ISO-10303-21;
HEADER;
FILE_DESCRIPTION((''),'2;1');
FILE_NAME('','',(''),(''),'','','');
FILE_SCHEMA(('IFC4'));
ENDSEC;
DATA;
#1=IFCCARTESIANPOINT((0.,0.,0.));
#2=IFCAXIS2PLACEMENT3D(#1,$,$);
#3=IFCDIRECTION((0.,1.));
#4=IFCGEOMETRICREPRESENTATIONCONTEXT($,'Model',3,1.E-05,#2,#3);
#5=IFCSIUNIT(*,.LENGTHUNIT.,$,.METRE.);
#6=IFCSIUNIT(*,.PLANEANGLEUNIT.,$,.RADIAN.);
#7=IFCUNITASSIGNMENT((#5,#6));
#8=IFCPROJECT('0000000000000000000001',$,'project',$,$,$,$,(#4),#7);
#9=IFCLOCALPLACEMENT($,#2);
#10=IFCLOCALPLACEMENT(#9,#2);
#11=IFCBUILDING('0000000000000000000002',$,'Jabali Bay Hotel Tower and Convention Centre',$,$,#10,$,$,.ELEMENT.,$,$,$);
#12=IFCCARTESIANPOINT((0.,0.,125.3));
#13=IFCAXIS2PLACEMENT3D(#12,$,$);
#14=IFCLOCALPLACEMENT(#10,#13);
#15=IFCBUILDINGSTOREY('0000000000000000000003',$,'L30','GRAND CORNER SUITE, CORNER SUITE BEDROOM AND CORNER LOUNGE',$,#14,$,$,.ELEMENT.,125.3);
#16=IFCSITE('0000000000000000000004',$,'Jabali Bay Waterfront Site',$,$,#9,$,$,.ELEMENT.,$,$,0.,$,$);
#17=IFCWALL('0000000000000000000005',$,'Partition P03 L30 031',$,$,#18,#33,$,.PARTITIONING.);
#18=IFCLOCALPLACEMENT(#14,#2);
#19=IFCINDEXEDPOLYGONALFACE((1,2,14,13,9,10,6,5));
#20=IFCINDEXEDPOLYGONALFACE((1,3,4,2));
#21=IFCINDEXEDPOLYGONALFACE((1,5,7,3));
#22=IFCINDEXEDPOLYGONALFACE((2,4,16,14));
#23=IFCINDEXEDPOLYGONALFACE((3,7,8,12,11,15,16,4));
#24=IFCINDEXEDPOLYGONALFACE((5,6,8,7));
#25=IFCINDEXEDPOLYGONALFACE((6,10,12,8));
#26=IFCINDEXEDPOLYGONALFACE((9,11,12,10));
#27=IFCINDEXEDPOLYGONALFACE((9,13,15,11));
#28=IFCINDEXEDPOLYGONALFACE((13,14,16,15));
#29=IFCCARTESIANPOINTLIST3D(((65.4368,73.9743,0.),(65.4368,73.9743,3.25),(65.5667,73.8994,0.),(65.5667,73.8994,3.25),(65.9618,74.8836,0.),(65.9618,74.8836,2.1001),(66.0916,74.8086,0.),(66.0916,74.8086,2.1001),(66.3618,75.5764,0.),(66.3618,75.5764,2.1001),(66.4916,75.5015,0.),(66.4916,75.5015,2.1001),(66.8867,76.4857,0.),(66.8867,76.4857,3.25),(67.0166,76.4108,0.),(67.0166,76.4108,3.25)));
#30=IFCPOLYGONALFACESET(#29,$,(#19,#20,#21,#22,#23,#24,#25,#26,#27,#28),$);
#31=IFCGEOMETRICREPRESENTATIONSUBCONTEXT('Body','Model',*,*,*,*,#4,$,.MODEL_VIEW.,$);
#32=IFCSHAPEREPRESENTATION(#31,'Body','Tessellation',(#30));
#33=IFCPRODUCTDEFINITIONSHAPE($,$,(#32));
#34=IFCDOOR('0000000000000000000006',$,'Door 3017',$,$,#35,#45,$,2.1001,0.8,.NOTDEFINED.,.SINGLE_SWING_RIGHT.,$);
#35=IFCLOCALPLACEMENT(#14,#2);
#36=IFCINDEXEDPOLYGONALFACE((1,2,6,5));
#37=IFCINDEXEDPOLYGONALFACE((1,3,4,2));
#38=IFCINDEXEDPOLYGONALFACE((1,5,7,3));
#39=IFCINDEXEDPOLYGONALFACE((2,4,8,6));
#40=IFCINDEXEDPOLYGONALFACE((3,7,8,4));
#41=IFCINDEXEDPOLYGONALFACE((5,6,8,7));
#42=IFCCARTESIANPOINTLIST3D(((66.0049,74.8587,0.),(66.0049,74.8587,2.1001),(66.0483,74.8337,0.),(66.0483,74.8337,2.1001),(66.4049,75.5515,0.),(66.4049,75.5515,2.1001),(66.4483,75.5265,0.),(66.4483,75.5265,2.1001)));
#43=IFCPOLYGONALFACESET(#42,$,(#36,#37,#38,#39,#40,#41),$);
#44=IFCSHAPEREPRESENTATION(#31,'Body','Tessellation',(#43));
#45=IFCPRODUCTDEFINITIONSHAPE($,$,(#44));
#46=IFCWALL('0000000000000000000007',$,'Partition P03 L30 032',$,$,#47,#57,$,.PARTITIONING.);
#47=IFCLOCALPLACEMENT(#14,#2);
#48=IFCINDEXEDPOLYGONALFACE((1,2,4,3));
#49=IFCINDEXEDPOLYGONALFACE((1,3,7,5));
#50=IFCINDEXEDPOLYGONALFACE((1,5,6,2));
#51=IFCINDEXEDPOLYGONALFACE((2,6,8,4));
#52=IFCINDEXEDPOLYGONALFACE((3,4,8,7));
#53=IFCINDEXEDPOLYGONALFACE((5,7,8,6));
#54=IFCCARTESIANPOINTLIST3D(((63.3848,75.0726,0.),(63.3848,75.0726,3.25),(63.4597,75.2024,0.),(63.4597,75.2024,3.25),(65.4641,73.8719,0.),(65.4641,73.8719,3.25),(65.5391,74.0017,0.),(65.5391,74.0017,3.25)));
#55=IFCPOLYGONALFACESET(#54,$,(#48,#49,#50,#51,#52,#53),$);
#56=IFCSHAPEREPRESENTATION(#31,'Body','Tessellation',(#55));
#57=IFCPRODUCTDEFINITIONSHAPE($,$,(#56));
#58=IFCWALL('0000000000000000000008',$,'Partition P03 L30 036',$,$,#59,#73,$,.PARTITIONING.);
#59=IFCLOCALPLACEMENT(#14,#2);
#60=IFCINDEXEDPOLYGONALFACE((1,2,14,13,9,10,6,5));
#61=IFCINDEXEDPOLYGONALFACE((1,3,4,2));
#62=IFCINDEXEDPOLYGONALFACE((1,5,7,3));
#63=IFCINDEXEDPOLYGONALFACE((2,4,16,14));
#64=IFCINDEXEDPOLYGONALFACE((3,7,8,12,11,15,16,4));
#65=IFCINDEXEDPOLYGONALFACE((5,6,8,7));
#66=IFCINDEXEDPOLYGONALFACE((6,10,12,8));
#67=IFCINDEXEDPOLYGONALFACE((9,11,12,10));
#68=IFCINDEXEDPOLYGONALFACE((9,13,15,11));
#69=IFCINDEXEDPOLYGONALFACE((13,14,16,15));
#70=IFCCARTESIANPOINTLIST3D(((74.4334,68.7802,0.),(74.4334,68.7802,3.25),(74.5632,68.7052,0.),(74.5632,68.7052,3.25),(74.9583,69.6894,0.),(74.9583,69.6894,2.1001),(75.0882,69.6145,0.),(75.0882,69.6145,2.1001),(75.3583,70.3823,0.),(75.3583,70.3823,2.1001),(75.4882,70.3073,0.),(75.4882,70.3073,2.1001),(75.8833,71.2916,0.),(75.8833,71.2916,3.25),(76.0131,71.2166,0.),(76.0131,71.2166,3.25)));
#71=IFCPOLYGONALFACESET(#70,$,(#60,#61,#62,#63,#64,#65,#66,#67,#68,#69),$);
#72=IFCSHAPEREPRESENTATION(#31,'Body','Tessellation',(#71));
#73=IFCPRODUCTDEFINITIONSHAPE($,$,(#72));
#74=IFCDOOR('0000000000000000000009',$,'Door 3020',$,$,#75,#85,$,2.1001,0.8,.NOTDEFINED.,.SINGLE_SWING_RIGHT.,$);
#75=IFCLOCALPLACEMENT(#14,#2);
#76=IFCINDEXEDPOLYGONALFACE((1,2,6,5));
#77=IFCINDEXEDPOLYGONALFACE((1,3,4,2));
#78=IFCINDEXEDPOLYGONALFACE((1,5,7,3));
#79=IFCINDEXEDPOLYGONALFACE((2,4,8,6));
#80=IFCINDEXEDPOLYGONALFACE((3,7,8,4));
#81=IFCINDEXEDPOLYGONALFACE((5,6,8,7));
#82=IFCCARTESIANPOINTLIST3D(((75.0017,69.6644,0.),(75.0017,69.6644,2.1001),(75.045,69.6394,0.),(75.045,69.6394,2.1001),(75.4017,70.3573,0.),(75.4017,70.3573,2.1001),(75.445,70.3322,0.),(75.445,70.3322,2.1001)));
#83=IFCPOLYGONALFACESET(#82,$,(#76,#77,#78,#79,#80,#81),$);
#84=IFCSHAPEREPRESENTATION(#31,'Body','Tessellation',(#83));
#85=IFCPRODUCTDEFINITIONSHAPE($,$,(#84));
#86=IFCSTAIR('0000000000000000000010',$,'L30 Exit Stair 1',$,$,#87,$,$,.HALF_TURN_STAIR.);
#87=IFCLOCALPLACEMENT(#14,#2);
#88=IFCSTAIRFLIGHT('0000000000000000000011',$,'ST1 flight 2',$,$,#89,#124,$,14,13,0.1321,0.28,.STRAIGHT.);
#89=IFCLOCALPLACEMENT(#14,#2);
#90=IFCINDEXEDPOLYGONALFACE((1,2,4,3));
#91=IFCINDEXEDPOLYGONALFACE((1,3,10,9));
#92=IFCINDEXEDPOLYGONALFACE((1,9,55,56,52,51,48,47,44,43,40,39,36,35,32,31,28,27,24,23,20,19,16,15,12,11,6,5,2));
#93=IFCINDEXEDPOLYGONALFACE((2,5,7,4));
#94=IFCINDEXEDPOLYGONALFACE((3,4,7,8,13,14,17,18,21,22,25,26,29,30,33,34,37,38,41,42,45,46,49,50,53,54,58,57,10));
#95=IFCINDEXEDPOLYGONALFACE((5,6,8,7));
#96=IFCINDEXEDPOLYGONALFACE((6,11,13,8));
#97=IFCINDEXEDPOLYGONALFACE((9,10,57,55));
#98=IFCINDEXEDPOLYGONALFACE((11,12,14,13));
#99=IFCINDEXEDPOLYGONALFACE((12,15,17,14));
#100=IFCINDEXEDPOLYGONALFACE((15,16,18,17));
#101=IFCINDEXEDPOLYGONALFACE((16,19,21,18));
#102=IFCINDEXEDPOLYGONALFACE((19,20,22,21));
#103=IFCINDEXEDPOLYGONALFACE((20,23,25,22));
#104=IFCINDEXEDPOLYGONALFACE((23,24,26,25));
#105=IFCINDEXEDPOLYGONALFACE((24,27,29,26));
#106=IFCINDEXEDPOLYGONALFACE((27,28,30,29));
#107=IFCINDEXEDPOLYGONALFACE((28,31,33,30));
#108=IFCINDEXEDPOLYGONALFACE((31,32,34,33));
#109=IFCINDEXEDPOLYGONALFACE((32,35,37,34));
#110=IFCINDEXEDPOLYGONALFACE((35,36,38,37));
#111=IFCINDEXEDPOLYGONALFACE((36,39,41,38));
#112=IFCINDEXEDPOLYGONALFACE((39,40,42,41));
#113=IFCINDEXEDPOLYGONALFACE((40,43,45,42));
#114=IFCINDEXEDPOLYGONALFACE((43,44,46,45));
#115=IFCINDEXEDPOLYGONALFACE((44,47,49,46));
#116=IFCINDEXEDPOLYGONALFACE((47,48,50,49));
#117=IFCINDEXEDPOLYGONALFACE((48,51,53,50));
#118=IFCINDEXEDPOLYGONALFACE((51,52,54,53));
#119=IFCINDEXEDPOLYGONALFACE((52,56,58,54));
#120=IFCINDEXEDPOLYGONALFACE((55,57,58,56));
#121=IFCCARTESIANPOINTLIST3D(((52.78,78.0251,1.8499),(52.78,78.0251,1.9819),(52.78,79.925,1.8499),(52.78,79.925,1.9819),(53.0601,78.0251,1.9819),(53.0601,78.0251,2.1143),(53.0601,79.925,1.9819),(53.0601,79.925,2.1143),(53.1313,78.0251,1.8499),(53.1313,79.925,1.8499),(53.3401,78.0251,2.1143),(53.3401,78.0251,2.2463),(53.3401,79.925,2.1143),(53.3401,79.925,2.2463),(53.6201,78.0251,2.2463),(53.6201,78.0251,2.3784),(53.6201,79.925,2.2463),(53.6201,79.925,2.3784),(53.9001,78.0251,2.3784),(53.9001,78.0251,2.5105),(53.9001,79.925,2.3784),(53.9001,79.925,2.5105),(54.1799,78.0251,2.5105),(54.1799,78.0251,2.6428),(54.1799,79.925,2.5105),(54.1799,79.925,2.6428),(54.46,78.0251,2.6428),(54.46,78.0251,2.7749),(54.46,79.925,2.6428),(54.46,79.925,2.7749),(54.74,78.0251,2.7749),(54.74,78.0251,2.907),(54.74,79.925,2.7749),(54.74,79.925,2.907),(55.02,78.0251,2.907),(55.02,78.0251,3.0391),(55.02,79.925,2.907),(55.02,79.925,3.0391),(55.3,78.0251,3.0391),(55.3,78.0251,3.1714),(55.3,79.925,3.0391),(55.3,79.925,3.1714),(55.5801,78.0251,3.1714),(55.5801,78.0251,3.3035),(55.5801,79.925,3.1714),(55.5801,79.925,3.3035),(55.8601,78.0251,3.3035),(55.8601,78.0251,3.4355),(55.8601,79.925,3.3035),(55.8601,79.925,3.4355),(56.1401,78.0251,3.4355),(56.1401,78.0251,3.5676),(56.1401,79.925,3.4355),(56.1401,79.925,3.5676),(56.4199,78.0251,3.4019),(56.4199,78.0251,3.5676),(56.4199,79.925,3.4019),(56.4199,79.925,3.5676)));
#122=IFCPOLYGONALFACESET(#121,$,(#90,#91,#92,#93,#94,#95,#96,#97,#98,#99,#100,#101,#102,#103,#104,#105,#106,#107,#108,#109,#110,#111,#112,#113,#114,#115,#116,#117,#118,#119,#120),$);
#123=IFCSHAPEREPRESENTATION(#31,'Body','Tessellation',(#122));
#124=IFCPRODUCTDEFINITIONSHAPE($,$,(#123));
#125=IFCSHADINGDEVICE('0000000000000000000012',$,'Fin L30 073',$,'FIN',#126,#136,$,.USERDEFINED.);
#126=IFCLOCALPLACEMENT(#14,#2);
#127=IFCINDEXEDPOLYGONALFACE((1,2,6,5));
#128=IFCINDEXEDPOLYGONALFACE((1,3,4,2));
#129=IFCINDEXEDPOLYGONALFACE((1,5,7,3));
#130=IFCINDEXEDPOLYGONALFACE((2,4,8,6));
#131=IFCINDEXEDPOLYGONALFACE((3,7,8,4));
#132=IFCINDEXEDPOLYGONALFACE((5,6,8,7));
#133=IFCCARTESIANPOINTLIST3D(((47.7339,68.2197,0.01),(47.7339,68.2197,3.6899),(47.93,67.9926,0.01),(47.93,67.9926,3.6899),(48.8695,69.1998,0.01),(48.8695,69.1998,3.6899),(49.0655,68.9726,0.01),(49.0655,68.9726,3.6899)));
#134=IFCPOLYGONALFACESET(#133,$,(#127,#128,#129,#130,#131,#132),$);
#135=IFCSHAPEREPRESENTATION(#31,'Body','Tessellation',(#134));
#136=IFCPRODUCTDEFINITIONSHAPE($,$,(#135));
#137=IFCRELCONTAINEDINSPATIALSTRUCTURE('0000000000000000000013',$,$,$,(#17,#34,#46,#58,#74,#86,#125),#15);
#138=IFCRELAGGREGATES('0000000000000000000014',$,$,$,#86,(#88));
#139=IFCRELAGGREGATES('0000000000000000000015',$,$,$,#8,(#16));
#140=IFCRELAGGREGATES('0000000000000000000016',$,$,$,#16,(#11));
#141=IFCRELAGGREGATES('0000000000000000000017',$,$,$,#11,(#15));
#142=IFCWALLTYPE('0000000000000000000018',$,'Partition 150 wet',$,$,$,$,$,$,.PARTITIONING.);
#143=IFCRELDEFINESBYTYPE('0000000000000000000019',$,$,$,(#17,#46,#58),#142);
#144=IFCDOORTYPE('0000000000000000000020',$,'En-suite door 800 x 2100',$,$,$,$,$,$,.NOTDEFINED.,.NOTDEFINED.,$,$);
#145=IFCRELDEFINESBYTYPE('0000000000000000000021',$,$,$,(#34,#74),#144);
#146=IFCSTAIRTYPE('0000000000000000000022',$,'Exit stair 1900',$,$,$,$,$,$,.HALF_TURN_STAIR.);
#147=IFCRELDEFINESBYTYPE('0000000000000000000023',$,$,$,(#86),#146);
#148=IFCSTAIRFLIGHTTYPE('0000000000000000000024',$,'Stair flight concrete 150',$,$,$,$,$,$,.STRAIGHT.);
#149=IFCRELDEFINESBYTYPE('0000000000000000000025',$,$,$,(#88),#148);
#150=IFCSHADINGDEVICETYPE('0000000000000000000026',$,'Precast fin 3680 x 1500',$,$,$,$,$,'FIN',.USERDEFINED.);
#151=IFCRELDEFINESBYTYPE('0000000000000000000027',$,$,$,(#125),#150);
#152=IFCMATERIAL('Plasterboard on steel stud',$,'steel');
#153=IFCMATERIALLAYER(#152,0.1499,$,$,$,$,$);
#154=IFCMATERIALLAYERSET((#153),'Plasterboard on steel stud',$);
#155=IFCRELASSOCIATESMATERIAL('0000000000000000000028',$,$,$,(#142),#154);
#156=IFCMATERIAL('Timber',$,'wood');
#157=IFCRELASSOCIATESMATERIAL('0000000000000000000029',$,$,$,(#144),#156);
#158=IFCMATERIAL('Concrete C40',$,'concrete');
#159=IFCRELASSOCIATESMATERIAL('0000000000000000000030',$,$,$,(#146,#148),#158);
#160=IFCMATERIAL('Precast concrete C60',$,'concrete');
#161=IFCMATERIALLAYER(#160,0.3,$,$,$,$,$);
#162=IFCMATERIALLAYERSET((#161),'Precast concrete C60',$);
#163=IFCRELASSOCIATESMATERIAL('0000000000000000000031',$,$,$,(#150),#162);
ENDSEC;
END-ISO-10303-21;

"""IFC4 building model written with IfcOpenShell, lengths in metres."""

from ifc_helpers import new_model, si_unit, direction, frame, frame_2d, origin, place, context, subcontext, project, spatial, polyline, rectangle, outline, extrude, material, layer, layer_set, type_object, element, fill, aggregate, save


model = new_model("IFC4")

# Units and contexts
model_context = context("Model", 3, precision=1e-05, world=origin(), true_north=direction((0.0, 1.0)))
body_context = subcontext(model_context, "Body", "Model", "MODEL_VIEW")
ifc_project = project(units=[si_unit("LENGTHUNIT", "METRE"), si_unit("PLANEANGLEUNIT", "RADIAN")], contexts=[model_context])

# Site, building, storey
site_placement = place(None, origin())
site = spatial("IfcSite", under=ifc_project, at=site_placement, Name="Jabali Bay Waterfront Site", CompositionType="ELEMENT", RefElevation=0.0)
building_placement = place(site_placement, origin())
building = spatial("IfcBuilding", under=site, at=building_placement, Name="Jabali Bay Hotel Tower and Convention Centre", CompositionType="ELEMENT")
storey_placement = place(building_placement, frame((0.0, 0.0, 125.3)))
storey = spatial("IfcBuildingStorey", under=building, at=storey_placement, Name="L30", Description="GRAND CORNER SUITE, CORNER SUITE BEDROOM AND CORNER LOUNGE", CompositionType="ELEMENT", Elevation=125.3)

# Shared definitions
ifc_material_1 = material(Name="Concrete C40", Category="concrete")

# Shared definitions
ifc_material_2 = material(Name="Timber", Category="wood")

# Wall, opening, door
ifc_material_3 = material(Name="Plasterboard on steel stud", Category="steel")
ifc_layer_1 = layer(ifc_material_3, 0.1499)
ifc_layer_set_1 = layer_set([ifc_layer_1], Name="Plasterboard on steel stud")
wall_type_1 = type_object("IfcWallType", Name="Partition 150 wet", PredefinedType="PARTITIONING", material=ifc_layer_set_1)
wall_1_placement = place(storey_placement, frame((66.9517, 76.4482, 0.0), z_axis=(0.0, 0.0, 1.0), x_axis=(-0.499987, -0.866033, 0.0)))
wall_1 = element("IfcWall", 1, at=wall_1_placement, inside=storey, type_object=wall_type_1, Name="Partition P03 L30 031", PredefinedType="PARTITIONING", context=body_context, shape_type="SweptSolid", body=[
    extrude(rectangle(XDim=2.8999, YDim=0.1499, at=frame_2d((1.45, 0.0))), origin(), (0.0, 0.0, 1.0), 3.25),
])
opening_1_placement = place(wall_1_placement, frame((1.05, 0.0, 0.0)))
opening_1 = element("IfcOpeningElement", 2, at=opening_1_placement, cuts=wall_1, PredefinedType="OPENING", context=body_context, shape_type="SweptSolid", body=[
    extrude(rectangle(XDim=0.8, YDim=2.1001, at=frame_2d((0.3999, 1.05))), frame((0.0, 0.0854, 0.0), z_axis=(0.0, -1.0, 0.0), x_axis=(1.0, 0.0, 0.0)), (0.0, 0.0, 1.0), 0.1709),
])
door_type_1 = type_object("IfcDoorType", Name="En-suite door 800 x 2100", OperationType="NOTDEFINED", PredefinedType="NOTDEFINED", material=ifc_material_2)
door_1_placement = place(opening_1_placement, origin())
door_1 = element("IfcDoor", 3, at=door_1_placement, inside=storey, type_object=door_type_1, Name="Door 3017", OperationType="SINGLE_SWING_RIGHT", OverallHeight=2.1001, OverallWidth=0.8, PredefinedType="NOTDEFINED", context=body_context, shape_type="SweptSolid", body=[
    extrude(rectangle(XDim=0.8, YDim=2.1001, at=frame_2d((0.3999, 1.05))), frame((0.0, 0.0249, 0.0), z_axis=(0.0, -1.0, 0.0), x_axis=(1.0, 0.0, 0.0)), (0.0, 0.0, 1.0), 0.05),
])
fill(opening_1, door_1)

# Wall
wall_2_placement = place(storey_placement, frame((65.5017, 73.9368, 0.0), z_axis=(0.0, 0.0, 1.0), x_axis=(-0.865994, 0.500054, 0.0)))
element("IfcWall", 4, at=wall_2_placement, inside=storey, type_object=wall_type_1, Name="Partition P03 L30 032", PredefinedType="PARTITIONING", context=body_context, shape_type="SweptSolid", body=[
    extrude(rectangle(XDim=2.4011, YDim=0.1499, at=frame_2d((1.2007, 0.0))), origin(), (0.0, 0.0, 1.0), 3.25),
])

# Wall, opening, door
wall_3_placement = place(storey_placement, frame((74.4983, 68.7427, 0.0), z_axis=(0.0, 0.0, 1.0), x_axis=(0.499987, 0.866033, 0.0)))
wall_3 = element("IfcWall", 5, at=wall_3_placement, inside=storey, type_object=wall_type_1, Name="Partition P03 L30 036", PredefinedType="PARTITIONING", context=body_context, shape_type="SweptSolid", body=[
    extrude(rectangle(XDim=2.8999, YDim=0.1499, at=frame_2d((1.45, 0.0))), origin(), (0.0, 0.0, 1.0), 3.25),
])
opening_2_placement = place(wall_3_placement, frame((1.05, 0.0, 0.0)))
opening_2 = element("IfcOpeningElement", 6, at=opening_2_placement, cuts=wall_3, PredefinedType="OPENING", context=body_context, shape_type="SweptSolid", body=[
    extrude(rectangle(XDim=0.8, YDim=2.1001, at=frame_2d((0.3999, 1.05))), frame((0.0, 0.0854, 0.0), z_axis=(0.0, -1.0, 0.0), x_axis=(1.0, 0.0, 0.0)), (0.0, 0.0, 1.0), 0.1709),
])
door_2_placement = place(opening_2_placement, origin())
door_2 = element("IfcDoor", 7, at=door_2_placement, inside=storey, type_object=door_type_1, Name="Door 3020", OperationType="SINGLE_SWING_RIGHT", OverallHeight=2.1001, OverallWidth=0.8, PredefinedType="NOTDEFINED", context=body_context, shape_type="SweptSolid", body=[
    extrude(rectangle(XDim=0.8, YDim=2.1001, at=frame_2d((0.3999, 1.05))), frame((0.0, 0.0249, 0.0), z_axis=(0.0, -1.0, 0.0), x_axis=(1.0, 0.0, 0.0)), (0.0, 0.0, 1.0), 0.05),
])
fill(opening_2, door_2)

# Stair, stair flight
stair_type = type_object("IfcStairType", Name="Exit stair 1900", PredefinedType="HALF_TURN_STAIR", material=ifc_material_1)
stair_placement = place(storey_placement, origin())
stair = element("IfcStair", 8, at=stair_placement, inside=storey, type_object=stair_type, Name="L30 Exit Stair 1", PredefinedType="HALF_TURN_STAIR")
stair_flight_type = type_object("IfcStairFlightType", Name="Stair flight concrete 150", PredefinedType="STRAIGHT", material=ifc_material_1)
stair_flight_placement = place(storey_placement, frame((52.78, 78.9751, 1.8499), z_axis=(0.0, 0.0, 1.0), x_axis=(1.0, 0.0, 0.0)))
stair_flight = element("IfcStairFlight", 9, at=stair_flight_placement, type_object=stair_flight_type, Name="ST1 flight 2", NumberOfRisers=14, NumberOfTreads=13, PredefinedType="STRAIGHT", RiserHeight=0.1321, TreadLength=0.28, context=body_context, shape_type="SweptSolid", body=[
    extrude(outline(polyline([(0.0, 0.0), (0.0, 0.1321), (0.28, 0.1321), (0.28, 0.2644), (0.5601, 0.2644), (0.5601, 0.3965), (0.8401, 0.3965), (0.8401, 0.5286), (1.1201, 0.5286), (1.1201, 0.6606), (1.3999, 0.6606), (1.3999, 0.793), (1.6799, 0.793), (1.6799, 0.925), (1.96, 0.925), (1.96, 1.0571), (2.24, 1.0571), (2.24, 1.1892), (2.52, 1.1892), (2.52, 1.3215), (2.8, 1.3215), (2.8, 1.4536), (3.0801, 1.4536), (3.0801, 1.5857), (3.3601, 1.5857), (3.3601, 1.7178), (3.6399, 1.7178), (3.6399, 1.8501), (3.6399, 1.552), (0.3513, 0.0), (0.0, 0.0)])), frame((0.0, 0.95, 0.0), z_axis=(0.0, -1.0, 0.0), x_axis=(1.0, 0.0, 0.0)), (0.0, 0.0, 1.0), 1.8999),
])
aggregate(stair, [stair_flight])

# Shading device
ifc_material_4 = material(Name="Precast concrete C60", Category="concrete")
ifc_layer_2 = layer(ifc_material_4, 0.3)
ifc_layer_set_2 = layer_set([ifc_layer_2], Name="Precast concrete C60")
shading_device_type = type_object("IfcShadingDeviceType", Name="Precast fin 3680 x 1500", ElementType="FIN", PredefinedType="USERDEFINED", material=ifc_layer_set_2)
shading_device_placement = place(storey_placement, frame((48.9675, 69.0862, 0.01), z_axis=(0.0, 0.0, 1.0), x_axis=(-0.757046, -0.653361, 0.0)))
element("IfcShadingDevice", 10, at=shading_device_placement, inside=storey, type_object=shading_device_type, Name="Fin L30 073", ObjectType="FIN", PredefinedType="USERDEFINED", context=body_context, shape_type="SweptSolid", body=[
    extrude(rectangle(XDim=1.5, YDim=0.3, at=frame_2d((0.75, 0.0))), origin(), (0.0, 0.0, 1.0), 3.6799),
])

save(model, "model.ifc")
